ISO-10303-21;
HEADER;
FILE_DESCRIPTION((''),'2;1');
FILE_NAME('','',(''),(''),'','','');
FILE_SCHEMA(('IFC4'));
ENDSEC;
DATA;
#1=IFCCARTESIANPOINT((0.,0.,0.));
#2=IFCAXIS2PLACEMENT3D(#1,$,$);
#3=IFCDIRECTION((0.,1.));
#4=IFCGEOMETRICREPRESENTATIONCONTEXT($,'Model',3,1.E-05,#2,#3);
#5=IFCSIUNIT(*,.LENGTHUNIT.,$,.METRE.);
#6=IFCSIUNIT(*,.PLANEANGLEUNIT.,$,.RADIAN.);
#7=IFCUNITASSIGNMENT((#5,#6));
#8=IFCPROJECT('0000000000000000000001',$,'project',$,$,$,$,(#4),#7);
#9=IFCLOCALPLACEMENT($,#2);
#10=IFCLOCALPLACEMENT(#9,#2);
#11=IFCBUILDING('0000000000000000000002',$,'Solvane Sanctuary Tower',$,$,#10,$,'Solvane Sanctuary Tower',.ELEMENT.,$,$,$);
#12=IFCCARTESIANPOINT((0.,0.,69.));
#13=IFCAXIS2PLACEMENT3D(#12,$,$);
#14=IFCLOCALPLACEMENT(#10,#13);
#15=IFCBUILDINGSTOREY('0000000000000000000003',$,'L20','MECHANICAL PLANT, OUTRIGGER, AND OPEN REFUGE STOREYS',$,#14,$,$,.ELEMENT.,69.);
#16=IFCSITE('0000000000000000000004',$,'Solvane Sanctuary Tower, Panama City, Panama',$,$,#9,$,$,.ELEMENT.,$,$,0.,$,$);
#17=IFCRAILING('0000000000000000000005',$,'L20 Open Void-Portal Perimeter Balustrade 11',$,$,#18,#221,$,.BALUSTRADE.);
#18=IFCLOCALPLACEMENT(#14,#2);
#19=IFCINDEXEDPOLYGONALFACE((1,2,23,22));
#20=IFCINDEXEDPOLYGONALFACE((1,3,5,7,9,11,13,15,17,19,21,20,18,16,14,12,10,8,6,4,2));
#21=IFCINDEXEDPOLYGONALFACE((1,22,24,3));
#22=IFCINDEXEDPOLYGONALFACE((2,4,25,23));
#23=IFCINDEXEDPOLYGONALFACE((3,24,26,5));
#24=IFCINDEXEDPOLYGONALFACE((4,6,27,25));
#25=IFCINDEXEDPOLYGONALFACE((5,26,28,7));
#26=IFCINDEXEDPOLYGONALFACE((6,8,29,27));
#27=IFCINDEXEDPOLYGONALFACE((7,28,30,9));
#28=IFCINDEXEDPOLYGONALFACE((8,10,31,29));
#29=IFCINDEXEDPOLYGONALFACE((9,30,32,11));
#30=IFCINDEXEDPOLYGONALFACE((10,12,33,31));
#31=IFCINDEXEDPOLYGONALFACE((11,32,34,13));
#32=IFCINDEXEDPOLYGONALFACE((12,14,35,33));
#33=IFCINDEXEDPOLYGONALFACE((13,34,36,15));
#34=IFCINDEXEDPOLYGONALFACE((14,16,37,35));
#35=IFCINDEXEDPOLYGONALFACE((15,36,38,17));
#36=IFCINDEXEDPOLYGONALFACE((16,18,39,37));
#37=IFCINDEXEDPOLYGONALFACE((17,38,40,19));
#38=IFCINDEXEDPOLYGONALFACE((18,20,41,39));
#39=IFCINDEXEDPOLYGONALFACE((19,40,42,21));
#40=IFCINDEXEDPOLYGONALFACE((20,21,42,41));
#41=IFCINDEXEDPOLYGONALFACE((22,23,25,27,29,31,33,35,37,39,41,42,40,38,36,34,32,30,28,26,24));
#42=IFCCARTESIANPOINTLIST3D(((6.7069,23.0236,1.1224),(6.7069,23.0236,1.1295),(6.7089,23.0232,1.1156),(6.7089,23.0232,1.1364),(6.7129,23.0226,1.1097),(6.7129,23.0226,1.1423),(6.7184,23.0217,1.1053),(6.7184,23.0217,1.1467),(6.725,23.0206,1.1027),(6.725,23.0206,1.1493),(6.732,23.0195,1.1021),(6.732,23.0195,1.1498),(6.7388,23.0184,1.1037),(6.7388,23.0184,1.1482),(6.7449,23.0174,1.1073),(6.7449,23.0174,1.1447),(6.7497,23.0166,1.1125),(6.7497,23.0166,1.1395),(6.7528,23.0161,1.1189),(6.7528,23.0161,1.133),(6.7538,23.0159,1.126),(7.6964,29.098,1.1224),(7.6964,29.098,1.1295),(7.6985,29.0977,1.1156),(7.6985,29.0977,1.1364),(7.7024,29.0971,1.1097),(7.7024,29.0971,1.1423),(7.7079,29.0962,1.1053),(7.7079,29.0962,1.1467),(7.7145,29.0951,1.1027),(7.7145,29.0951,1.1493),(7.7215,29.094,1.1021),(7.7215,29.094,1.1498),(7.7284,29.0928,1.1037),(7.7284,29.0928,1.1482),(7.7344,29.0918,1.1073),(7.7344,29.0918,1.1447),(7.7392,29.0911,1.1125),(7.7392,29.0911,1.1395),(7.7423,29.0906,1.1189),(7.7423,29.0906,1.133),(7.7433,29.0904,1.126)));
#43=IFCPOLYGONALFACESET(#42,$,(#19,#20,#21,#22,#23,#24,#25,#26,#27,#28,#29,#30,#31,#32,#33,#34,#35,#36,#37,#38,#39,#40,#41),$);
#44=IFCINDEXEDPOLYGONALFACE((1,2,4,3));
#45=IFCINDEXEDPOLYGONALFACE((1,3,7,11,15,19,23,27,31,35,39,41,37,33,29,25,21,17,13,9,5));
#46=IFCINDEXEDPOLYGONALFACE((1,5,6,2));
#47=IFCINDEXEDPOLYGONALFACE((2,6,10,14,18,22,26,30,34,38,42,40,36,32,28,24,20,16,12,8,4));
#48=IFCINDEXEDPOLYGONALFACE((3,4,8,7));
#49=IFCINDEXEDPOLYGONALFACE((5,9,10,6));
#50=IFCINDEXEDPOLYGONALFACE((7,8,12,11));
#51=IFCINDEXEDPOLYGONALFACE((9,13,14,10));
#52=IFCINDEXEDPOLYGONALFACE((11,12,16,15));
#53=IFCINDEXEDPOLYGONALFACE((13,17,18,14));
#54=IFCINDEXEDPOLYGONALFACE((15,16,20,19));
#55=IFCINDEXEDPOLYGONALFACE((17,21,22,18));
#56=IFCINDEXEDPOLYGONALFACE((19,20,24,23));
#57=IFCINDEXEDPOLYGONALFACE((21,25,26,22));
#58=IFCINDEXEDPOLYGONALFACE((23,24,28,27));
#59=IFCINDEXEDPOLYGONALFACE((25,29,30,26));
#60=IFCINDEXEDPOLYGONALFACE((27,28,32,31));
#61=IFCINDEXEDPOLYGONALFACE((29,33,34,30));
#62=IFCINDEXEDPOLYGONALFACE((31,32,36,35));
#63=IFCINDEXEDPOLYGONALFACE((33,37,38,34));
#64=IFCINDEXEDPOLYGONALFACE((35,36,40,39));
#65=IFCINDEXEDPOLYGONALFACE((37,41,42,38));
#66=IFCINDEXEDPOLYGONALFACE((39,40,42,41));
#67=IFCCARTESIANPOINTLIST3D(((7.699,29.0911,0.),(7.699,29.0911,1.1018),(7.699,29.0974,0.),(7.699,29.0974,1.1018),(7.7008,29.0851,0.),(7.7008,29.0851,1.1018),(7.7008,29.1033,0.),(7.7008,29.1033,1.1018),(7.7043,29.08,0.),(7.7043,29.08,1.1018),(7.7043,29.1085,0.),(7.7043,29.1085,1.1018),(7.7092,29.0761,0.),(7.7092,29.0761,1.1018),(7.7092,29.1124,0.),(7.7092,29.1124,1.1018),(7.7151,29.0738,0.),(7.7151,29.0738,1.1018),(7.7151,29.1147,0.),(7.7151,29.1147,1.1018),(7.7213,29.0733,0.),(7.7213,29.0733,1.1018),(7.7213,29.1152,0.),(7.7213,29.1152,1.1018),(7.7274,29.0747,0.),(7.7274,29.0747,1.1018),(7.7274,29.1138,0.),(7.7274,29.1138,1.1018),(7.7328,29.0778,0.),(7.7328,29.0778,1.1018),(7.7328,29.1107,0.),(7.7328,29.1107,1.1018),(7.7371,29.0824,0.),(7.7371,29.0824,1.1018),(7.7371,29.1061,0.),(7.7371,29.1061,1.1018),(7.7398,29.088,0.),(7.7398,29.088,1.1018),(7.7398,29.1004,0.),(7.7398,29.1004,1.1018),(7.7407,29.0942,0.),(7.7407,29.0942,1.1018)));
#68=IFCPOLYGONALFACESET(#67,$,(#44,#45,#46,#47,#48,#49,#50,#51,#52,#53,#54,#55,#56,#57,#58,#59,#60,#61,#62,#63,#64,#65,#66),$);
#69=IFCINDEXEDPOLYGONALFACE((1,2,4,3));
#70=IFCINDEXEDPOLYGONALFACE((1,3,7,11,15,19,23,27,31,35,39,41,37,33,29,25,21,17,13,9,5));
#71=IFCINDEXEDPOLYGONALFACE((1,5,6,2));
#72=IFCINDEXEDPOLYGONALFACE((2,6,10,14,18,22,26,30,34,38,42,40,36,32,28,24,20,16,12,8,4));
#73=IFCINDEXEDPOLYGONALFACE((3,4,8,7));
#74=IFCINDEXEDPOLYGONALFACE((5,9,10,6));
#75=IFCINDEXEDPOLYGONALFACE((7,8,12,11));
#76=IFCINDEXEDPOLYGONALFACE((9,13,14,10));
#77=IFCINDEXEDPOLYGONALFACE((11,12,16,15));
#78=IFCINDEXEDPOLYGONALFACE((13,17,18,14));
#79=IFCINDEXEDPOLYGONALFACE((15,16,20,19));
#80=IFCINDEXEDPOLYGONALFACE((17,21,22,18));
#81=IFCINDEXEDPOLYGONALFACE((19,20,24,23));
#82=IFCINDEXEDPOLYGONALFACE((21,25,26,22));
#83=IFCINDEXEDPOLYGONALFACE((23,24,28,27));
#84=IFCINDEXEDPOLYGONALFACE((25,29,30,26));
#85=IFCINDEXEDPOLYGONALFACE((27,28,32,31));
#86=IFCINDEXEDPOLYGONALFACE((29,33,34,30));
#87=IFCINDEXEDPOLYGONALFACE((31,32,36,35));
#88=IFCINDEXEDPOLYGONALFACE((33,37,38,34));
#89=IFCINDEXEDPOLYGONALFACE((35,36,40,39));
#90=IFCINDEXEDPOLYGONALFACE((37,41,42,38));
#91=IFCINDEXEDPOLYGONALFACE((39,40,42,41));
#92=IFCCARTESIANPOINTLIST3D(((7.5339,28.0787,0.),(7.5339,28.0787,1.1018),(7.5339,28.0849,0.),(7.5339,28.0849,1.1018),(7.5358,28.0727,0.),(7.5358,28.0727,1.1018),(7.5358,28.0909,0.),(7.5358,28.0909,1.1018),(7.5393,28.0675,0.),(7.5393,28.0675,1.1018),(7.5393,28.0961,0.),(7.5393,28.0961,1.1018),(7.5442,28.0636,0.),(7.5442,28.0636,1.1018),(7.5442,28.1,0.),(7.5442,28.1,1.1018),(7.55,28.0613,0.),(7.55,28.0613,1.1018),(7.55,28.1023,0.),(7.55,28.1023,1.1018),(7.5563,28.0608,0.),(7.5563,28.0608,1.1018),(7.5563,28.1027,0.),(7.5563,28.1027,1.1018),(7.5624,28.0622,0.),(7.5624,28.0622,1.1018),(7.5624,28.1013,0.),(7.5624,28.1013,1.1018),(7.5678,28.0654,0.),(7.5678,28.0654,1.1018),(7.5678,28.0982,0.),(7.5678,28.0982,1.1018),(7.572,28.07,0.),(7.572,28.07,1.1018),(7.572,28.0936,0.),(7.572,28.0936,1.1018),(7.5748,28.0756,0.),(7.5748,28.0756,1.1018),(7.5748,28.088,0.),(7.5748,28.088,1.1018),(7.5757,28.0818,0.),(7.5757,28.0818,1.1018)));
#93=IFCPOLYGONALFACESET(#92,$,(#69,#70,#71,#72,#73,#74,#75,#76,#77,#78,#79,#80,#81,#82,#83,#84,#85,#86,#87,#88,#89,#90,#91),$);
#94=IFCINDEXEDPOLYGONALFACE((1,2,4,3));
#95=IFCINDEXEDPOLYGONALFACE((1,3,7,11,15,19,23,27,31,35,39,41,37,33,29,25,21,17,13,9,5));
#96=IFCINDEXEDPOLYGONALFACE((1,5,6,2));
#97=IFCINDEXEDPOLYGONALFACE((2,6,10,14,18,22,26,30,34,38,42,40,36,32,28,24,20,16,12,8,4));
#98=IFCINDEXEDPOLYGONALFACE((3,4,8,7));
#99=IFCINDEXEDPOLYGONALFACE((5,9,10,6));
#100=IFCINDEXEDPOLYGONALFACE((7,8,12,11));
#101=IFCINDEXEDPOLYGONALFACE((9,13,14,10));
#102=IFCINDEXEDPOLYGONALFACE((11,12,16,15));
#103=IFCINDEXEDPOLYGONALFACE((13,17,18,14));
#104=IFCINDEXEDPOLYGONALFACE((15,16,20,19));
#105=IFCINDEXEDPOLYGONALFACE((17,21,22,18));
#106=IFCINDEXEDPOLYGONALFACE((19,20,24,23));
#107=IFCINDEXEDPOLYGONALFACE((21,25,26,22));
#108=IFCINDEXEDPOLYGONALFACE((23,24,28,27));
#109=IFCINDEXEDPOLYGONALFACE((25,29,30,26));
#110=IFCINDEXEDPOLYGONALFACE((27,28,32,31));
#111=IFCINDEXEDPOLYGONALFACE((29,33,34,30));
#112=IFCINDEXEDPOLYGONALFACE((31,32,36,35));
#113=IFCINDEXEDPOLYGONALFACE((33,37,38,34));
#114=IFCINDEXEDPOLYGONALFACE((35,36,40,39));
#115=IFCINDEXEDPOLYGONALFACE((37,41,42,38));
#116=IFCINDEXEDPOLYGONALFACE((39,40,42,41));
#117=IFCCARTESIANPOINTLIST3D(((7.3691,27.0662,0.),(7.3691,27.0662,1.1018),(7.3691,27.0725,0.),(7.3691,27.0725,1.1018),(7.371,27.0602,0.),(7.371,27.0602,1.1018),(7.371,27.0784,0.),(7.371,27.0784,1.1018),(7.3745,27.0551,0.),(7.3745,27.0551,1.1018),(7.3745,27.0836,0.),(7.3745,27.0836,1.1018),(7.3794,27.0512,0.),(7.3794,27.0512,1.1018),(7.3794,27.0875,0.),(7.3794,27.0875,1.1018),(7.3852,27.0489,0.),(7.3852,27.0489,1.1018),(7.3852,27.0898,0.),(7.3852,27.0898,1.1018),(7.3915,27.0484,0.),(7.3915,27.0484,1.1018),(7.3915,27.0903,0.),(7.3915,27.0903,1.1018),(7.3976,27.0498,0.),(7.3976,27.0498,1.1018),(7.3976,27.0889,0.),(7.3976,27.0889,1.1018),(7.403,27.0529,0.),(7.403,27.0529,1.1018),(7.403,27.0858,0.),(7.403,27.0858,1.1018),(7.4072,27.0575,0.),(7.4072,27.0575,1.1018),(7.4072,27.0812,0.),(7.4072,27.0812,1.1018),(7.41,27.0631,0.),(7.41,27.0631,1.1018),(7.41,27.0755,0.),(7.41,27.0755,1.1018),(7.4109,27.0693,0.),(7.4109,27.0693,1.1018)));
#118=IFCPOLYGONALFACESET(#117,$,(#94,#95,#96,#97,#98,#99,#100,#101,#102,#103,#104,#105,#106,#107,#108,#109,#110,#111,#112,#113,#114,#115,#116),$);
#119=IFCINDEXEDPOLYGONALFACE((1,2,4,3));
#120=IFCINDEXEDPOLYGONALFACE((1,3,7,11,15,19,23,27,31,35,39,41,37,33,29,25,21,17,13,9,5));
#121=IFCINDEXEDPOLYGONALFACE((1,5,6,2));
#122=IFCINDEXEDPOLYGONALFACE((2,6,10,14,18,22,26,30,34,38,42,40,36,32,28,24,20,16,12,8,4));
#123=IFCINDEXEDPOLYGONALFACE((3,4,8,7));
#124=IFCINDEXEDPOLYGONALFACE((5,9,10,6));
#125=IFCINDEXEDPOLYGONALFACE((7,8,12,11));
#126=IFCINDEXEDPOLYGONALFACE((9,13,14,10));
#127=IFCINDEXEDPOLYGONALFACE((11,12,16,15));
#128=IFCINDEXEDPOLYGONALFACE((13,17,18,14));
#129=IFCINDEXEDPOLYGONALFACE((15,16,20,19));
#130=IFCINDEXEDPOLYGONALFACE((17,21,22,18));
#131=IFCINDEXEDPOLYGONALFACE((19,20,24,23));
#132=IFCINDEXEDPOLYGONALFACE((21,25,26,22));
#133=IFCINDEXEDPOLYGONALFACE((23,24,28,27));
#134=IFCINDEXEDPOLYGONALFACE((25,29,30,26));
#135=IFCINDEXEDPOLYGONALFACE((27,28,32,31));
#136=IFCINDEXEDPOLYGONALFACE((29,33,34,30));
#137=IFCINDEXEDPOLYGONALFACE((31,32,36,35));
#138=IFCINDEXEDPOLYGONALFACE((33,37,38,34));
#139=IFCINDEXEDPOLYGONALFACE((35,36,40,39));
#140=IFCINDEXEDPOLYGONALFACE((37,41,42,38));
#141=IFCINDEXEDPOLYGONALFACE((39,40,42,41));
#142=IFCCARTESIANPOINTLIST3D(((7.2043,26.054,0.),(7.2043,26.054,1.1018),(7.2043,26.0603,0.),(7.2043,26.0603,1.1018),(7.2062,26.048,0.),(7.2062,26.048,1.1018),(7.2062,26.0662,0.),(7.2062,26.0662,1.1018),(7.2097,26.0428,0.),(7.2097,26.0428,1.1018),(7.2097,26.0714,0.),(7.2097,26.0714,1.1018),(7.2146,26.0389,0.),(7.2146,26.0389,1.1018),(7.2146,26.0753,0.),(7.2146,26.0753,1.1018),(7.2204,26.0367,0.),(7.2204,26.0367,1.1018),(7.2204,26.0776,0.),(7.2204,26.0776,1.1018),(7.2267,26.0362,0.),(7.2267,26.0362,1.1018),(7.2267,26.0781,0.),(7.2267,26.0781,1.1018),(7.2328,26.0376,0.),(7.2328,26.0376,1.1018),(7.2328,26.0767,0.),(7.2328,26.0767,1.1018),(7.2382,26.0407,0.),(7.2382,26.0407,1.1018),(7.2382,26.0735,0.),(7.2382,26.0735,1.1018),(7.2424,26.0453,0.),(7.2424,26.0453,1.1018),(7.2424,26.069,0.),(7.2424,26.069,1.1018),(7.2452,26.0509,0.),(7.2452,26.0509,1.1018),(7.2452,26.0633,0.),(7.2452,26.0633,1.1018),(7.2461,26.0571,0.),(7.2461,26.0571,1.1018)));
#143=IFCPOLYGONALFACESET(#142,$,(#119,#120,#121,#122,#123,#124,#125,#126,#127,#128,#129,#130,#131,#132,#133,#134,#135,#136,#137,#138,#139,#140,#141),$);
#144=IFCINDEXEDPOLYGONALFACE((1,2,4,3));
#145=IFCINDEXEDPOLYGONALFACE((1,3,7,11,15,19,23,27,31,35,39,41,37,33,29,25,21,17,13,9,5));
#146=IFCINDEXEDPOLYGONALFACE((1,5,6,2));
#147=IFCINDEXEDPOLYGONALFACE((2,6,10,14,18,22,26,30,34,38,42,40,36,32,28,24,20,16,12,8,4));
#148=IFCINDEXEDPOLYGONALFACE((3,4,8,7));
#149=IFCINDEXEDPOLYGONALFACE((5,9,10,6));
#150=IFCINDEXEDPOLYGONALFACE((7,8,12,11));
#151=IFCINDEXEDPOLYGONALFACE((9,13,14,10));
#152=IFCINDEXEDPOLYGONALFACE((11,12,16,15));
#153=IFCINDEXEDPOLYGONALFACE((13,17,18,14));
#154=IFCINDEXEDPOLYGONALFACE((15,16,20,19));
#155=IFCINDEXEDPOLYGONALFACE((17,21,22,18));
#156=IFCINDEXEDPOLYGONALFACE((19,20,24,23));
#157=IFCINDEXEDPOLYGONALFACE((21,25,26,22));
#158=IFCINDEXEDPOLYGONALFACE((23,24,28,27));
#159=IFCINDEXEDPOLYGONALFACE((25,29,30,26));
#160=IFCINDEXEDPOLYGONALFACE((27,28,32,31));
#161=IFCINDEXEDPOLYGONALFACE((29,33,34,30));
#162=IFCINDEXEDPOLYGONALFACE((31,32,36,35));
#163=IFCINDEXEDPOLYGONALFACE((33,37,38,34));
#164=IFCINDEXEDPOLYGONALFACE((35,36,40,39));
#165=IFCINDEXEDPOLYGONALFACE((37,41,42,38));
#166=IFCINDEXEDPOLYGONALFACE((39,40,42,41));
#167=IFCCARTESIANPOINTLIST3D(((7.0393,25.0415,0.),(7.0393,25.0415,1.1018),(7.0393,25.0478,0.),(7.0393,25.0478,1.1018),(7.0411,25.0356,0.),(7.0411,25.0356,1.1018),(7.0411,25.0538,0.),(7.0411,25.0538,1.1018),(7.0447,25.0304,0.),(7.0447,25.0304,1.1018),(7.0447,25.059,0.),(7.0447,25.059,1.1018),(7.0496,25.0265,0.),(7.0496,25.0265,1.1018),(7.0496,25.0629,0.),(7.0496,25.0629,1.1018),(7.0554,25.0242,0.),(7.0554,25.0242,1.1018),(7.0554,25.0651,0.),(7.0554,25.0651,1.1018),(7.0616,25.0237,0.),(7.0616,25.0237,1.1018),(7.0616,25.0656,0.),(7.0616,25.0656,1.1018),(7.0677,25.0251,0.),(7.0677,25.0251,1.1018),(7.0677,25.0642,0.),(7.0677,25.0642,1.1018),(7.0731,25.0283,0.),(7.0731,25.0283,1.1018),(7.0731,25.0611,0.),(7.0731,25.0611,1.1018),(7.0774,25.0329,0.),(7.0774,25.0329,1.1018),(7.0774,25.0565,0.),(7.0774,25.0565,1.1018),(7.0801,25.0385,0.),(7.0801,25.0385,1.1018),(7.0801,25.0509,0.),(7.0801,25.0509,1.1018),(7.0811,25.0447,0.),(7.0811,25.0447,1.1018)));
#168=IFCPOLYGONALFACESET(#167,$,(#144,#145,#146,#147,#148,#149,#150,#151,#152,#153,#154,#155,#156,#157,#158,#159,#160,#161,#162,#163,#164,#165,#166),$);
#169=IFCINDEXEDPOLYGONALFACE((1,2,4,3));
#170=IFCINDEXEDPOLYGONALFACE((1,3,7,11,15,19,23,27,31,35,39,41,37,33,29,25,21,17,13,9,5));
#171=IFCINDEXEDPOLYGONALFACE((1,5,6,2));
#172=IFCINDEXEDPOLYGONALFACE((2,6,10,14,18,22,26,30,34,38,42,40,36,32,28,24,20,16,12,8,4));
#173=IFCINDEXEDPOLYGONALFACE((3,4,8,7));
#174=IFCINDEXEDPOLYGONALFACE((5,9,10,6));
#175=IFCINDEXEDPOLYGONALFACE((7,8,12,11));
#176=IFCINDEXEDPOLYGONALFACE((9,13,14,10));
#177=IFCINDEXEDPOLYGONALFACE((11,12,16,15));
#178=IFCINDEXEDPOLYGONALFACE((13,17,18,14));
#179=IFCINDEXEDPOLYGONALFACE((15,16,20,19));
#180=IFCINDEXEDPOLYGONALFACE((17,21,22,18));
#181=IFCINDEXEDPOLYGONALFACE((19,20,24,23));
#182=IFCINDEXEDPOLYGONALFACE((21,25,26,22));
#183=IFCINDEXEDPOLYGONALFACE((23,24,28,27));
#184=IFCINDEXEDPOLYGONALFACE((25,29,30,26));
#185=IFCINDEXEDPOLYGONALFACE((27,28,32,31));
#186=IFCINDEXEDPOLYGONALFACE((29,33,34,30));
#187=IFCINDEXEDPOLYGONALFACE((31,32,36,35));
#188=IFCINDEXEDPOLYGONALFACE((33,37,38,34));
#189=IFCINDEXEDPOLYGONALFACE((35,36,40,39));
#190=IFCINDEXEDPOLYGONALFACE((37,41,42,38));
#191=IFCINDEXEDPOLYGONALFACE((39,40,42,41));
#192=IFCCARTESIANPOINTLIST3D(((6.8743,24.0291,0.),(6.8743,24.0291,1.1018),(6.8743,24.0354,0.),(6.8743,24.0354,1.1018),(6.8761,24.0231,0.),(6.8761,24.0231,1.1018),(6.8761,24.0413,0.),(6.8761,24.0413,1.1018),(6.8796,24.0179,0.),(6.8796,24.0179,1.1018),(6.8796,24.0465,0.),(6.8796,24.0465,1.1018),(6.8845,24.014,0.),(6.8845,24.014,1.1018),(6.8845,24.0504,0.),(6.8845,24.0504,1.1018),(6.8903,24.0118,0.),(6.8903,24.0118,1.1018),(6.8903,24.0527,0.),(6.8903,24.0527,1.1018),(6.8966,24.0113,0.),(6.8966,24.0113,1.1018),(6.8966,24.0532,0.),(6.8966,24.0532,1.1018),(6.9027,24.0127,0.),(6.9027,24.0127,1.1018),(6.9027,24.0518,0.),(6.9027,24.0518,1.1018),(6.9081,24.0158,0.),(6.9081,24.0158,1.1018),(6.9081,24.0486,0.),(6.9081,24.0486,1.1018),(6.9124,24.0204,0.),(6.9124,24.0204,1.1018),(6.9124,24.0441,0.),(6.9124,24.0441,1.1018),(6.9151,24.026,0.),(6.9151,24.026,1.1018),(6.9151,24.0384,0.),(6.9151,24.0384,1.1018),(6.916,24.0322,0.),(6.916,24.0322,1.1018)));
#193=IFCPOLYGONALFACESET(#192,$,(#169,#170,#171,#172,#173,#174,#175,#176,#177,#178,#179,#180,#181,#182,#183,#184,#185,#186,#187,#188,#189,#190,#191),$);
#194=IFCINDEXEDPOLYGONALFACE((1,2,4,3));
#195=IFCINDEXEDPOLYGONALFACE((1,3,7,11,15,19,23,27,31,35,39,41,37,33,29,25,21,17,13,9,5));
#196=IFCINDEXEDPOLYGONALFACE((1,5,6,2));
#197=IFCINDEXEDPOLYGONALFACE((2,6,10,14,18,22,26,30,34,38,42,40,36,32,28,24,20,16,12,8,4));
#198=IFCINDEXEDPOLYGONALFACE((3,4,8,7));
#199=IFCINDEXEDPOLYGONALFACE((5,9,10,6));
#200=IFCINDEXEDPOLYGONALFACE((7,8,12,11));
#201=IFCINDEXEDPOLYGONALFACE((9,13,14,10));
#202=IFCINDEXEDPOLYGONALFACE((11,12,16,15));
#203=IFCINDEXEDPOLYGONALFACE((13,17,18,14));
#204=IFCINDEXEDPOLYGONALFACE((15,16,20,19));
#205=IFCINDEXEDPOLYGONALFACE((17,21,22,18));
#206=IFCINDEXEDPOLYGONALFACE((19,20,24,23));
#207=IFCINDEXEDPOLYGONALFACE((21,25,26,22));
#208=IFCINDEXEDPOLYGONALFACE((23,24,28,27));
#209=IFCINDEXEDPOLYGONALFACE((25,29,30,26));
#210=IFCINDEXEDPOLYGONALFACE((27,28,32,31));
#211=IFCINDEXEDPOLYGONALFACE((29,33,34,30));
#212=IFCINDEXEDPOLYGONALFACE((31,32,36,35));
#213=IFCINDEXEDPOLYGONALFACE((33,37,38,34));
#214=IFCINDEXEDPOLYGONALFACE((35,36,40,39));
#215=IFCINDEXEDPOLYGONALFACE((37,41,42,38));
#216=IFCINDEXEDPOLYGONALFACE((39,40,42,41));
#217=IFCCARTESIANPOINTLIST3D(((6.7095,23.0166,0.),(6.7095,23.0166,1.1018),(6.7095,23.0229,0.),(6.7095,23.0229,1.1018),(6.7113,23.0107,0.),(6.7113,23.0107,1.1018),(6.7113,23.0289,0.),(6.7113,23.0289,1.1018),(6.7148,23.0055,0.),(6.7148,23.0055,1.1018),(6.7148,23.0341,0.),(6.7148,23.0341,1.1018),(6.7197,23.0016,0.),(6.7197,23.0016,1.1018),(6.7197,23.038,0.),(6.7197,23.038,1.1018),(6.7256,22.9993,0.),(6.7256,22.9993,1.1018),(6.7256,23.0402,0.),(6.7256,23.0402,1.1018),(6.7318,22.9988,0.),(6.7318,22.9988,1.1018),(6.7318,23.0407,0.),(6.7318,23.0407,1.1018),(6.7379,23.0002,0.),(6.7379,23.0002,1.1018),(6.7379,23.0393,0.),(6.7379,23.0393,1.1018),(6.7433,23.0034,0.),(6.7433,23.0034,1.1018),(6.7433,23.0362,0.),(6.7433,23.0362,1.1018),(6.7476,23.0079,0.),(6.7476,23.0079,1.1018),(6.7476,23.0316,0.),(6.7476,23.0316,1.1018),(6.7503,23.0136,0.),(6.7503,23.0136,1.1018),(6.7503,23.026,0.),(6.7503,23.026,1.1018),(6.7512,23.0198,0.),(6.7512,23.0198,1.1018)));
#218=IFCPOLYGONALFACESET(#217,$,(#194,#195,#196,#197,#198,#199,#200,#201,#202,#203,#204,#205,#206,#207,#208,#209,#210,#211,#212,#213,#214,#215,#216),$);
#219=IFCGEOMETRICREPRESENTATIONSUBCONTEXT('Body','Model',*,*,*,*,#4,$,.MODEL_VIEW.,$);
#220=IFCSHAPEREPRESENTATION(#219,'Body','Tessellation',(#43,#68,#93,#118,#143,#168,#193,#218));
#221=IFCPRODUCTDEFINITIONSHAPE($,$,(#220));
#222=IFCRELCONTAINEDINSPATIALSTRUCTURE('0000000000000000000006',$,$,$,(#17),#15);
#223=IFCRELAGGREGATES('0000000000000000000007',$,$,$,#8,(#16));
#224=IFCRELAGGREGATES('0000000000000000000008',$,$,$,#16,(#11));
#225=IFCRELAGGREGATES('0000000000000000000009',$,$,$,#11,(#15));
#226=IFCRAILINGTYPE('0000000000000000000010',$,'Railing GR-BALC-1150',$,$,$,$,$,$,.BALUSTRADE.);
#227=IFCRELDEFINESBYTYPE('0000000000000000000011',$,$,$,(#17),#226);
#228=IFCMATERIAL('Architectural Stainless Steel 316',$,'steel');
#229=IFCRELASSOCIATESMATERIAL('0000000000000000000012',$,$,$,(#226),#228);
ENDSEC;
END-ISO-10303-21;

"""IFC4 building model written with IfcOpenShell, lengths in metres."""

from ifc_helpers import new_model, si_unit, direction, frame, origin, origin_2d, place, context, subcontext, project, spatial, circle, extrude, material, type_object, element, save


model = new_model("IFC4")

# Units and contexts
model_context = context("Model", 3, precision=1e-05, world=origin(), true_north=direction((0.0, 1.0)))
body_context = subcontext(model_context, "Body", "Model", "MODEL_VIEW")
ifc_project = project(units=[si_unit("LENGTHUNIT", "METRE"), si_unit("PLANEANGLEUNIT", "RADIAN")], contexts=[model_context])

# Site, building, storey
site_placement = place(None, origin())
site = spatial("IfcSite", under=ifc_project, at=site_placement, Name="Solvane Sanctuary Tower, Panama City, Panama", CompositionType="ELEMENT", RefElevation=0.0)
building_placement = place(site_placement, origin())
building = spatial("IfcBuilding", under=site, at=building_placement, Name="Solvane Sanctuary Tower", LongName="Solvane Sanctuary Tower", CompositionType="ELEMENT")
storey_placement = place(building_placement, frame((0.0, 0.0, 69.0)))
storey = spatial("IfcBuildingStorey", under=building, at=storey_placement, Name="L20", Description="MECHANICAL PLANT, OUTRIGGER, AND OPEN REFUGE STOREYS", CompositionType="ELEMENT", Elevation=69.0)

# Shared definitions
ifc_material_1 = material(Name="Architectural Stainless Steel 316", Category="steel")

# Railing
railing_type_1 = type_object("IfcRailingType", Name="Railing GR-BALC-1150", PredefinedType="BALUSTRADE", material=ifc_material_1)
railing_1_placement = place(storey_placement, frame((7.7197, 29.0942, 0.0)))
element("IfcRailing", 1, at=railing_1_placement, inside=storey, type_object=railing_type_1, Name="L20 Open Void-Portal Perimeter Balustrade 11", PredefinedType="BALUSTRADE", context=body_context, shape_type="SweptSolid", body=[
    extrude(circle(Radius=0.0239, at=origin_2d()), frame((0.0, 0.0, 1.126), z_axis=(-0.160776, -0.986991, 0.0), x_axis=(0.986991, -0.160776, 0.0)), (0.0, 0.0, 1.0), 6.1545),
    extrude(circle(Radius=0.021, at=origin_2d()), origin(), (0.0, 0.0, 1.0), 1.1018),
    extrude(circle(Radius=0.021, at=origin_2d()), frame((-0.165, -1.0125, 0.0)), (0.0, 0.0, 1.0), 1.1018),
    extrude(circle(Radius=0.021, at=origin_2d()), frame((-0.3298, -2.0249, 0.0)), (0.0, 0.0, 1.0), 1.1018),
    extrude(circle(Radius=0.021, at=origin_2d()), frame((-0.4946, -3.0371, 0.0)), (0.0, 0.0, 1.0), 1.1018),
    extrude(circle(Radius=0.021, at=origin_2d()), frame((-0.6597, -4.0496, 0.0)), (0.0, 0.0, 1.0), 1.1018),
    extrude(circle(Radius=0.021, at=origin_2d()), frame((-0.8247, -5.062, 0.0)), (0.0, 0.0, 1.0), 1.1018),
    extrude(circle(Radius=0.021, at=origin_2d()), frame((-0.9895, -6.0745, 0.0)), (0.0, 0.0, 1.0), 1.1018),
])

save(model, "model.ifc")
